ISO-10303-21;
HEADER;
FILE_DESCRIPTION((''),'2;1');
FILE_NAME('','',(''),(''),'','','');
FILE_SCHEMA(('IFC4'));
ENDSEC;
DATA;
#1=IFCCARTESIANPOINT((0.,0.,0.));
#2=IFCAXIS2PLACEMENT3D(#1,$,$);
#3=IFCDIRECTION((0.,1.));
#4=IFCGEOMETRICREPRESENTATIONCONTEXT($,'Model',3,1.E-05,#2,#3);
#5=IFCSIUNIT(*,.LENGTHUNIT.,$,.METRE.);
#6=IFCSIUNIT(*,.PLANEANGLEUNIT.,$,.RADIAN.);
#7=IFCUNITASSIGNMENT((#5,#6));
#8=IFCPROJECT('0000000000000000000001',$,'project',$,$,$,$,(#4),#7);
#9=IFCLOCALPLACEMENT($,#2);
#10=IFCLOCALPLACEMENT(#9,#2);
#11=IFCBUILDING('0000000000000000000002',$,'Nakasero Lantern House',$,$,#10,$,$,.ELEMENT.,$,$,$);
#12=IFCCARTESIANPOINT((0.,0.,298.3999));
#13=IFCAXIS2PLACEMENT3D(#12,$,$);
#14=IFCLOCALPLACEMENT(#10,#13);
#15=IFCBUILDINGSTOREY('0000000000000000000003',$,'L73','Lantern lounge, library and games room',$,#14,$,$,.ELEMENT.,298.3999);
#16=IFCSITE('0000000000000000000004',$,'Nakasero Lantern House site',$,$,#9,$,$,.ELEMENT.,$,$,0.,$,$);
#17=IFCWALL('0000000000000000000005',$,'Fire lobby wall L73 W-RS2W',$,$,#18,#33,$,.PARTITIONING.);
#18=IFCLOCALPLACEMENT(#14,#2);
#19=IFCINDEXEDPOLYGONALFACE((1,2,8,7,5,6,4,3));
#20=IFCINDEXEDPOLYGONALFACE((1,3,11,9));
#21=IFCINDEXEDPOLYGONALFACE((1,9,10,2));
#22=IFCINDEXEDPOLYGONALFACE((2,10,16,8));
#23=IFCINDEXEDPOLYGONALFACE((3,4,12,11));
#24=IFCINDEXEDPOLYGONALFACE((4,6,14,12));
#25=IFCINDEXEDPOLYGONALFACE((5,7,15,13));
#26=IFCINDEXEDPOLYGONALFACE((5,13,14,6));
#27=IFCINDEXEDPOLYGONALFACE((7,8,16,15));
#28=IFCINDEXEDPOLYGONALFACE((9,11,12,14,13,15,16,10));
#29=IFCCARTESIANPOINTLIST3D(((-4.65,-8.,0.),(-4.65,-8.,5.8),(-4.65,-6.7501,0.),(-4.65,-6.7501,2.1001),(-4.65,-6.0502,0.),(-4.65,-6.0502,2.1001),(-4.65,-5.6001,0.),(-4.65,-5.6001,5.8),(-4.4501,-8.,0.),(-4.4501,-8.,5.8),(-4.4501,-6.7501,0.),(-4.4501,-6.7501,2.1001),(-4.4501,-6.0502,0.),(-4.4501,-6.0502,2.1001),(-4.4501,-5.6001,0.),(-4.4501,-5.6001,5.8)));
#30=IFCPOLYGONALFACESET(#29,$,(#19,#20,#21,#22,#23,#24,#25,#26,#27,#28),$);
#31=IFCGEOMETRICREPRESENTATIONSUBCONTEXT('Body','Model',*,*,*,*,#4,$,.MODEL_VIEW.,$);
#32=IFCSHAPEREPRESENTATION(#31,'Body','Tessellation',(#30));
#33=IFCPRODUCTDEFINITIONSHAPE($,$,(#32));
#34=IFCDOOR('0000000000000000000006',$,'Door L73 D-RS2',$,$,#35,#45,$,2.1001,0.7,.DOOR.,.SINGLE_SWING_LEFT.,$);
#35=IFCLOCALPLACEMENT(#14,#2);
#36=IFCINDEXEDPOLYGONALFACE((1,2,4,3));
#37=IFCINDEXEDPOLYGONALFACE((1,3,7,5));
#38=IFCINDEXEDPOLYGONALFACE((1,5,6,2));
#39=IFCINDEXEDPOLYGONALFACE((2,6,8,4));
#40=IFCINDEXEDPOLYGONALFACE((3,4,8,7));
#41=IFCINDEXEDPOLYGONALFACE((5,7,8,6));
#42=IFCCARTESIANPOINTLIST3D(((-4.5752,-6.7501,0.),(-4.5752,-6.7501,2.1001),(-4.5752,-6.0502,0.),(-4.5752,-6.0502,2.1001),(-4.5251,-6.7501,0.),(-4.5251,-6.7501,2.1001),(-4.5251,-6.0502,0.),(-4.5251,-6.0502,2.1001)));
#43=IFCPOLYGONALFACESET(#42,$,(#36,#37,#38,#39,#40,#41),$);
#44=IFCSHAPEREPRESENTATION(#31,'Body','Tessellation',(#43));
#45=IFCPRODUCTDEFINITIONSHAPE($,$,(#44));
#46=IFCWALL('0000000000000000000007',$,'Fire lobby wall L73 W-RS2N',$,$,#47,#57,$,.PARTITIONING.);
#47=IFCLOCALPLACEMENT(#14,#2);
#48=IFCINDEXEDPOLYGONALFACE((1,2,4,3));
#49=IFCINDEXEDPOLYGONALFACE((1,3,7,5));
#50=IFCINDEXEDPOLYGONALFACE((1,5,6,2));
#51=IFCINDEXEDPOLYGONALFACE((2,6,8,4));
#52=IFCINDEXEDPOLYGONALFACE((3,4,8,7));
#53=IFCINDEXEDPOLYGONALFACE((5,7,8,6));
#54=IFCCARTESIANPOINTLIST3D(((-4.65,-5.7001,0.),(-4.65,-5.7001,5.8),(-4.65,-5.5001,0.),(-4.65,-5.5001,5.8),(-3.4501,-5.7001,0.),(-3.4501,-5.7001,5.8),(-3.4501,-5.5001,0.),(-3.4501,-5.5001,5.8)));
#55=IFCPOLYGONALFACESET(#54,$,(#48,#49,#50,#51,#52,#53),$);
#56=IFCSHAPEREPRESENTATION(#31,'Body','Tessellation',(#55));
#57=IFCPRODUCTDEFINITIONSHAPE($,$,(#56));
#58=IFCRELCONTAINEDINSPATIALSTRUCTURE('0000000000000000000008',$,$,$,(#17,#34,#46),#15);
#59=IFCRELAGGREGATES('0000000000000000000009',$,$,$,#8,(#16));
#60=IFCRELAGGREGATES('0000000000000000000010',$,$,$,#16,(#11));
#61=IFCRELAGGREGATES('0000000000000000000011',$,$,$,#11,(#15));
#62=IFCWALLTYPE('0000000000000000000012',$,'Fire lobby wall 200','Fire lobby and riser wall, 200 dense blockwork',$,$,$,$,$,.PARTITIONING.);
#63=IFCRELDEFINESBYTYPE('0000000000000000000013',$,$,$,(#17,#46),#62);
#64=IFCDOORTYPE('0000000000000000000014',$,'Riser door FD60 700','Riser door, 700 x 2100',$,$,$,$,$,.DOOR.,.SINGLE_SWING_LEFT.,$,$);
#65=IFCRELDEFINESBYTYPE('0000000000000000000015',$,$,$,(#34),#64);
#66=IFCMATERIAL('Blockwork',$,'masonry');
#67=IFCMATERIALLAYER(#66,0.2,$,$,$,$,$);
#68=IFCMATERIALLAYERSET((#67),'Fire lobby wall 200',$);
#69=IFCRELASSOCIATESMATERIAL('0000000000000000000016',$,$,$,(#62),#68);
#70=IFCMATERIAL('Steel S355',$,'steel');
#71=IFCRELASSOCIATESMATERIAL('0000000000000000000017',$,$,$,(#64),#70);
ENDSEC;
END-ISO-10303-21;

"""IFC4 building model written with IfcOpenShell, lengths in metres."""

from ifc_helpers import new_model, si_unit, direction, frame, frame_2d, origin, place, context, subcontext, project, spatial, rectangle, extrude, material, layer, layer_set, type_object, element, fill, save


model = new_model("IFC4")

# Units and contexts
model_context = context("Model", 3, precision=1e-05, world=origin(), true_north=direction((0.0, 1.0)))
body_context = subcontext(model_context, "Body", "Model", "MODEL_VIEW")
ifc_project = project(units=[si_unit("LENGTHUNIT", "METRE"), si_unit("PLANEANGLEUNIT", "RADIAN")], contexts=[model_context])

# Site, building, storey
site_placement = place(None, origin())
site = spatial("IfcSite", under=ifc_project, at=site_placement, Name="Nakasero Lantern House site", CompositionType="ELEMENT", RefElevation=0.0)
building_placement = place(site_placement, origin())
building = spatial("IfcBuilding", under=site, at=building_placement, Name="Nakasero Lantern House", CompositionType="ELEMENT")
storey_placement = place(building_placement, frame((0.0, 0.0, 298.3999)))
storey = spatial("IfcBuildingStorey", under=building, at=storey_placement, Name="L73", Description="Lantern lounge, library and games room", CompositionType="ELEMENT", Elevation=298.3999)

# Wall, opening, door
ifc_material_1 = material(Name="Blockwork", Category="masonry")
ifc_layer_1 = layer(ifc_material_1, 0.2)
ifc_layer_set_1 = layer_set([ifc_layer_1], Name="Fire lobby wall 200")
wall_type_1 = type_object("IfcWallType", Name="Fire lobby wall 200", Description="Fire lobby and riser wall, 200 dense blockwork", PredefinedType="PARTITIONING", material=ifc_layer_set_1)
wall_1_placement = place(storey_placement, frame((-4.55, -5.6001, 0.0), z_axis=(0.0, 0.0, 1.0), x_axis=(0.0, -1.0, 0.0)))
wall_1 = element("IfcWall", 1, at=wall_1_placement, inside=storey, type_object=wall_type_1, Name="Fire lobby wall L73 W-RS2W", PredefinedType="PARTITIONING", context=body_context, shape_type="SweptSolid", body=[
    extrude(rectangle(XDim=2.3999, YDim=0.2, at=frame_2d((1.2, 0.0))), origin(), (0.0, 0.0, 1.0), 5.8),
])
opening_1_placement = place(wall_1_placement, frame((0.45, 0.0, 0.0)))
opening_1 = element("IfcOpeningElement", 2, at=opening_1_placement, cuts=wall_1, PredefinedType="OPENING", context=body_context, shape_type="SweptSolid", body=[
    extrude(rectangle(XDim=0.7, YDim=2.1001, at=frame_2d((0.3501, 1.05))), frame((0.0, 0.1199, 0.0), z_axis=(0.0, -1.0, 0.0), x_axis=(1.0, 0.0, 0.0)), (0.0, 0.0, 1.0), 0.24),
])
ifc_material_2 = material(Name="Steel S355", Category="steel")
door_type_1 = type_object("IfcDoorType", Name="Riser door FD60 700", Description="Riser door, 700 x 2100", OperationType="SINGLE_SWING_LEFT", PredefinedType="DOOR", material=ifc_material_2)
door_1_placement = place(opening_1_placement, origin())
door_1 = element("IfcDoor", 3, at=door_1_placement, inside=storey, type_object=door_type_1, Name="Door L73 D-RS2", OperationType="SINGLE_SWING_LEFT", OverallHeight=2.1001, OverallWidth=0.7, PredefinedType="DOOR", context=body_context, shape_type="SweptSolid", body=[
    extrude(rectangle(XDim=0.7, YDim=2.1001, at=frame_2d((0.3501, 1.05))), frame((0.0, 0.0249, 0.0), z_axis=(0.0, -1.0, 0.0), x_axis=(1.0, 0.0, 0.0)), (0.0, 0.0, 1.0), 0.05),
])
fill(opening_1, door_1)

# Wall
wall_2_placement = place(storey_placement, frame((-3.45, -5.6001, 0.0), z_axis=(0.0, 0.0, 1.0), x_axis=(-1.0, 0.0, 0.0)))
element("IfcWall", 4, at=wall_2_placement, inside=storey, type_object=wall_type_1, Name="Fire lobby wall L73 W-RS2N", PredefinedType="PARTITIONING", context=body_context, shape_type="SweptSolid", body=[
    extrude(rectangle(XDim=1.2, YDim=0.2, at=frame_2d((0.6001, 0.0))), origin(), (0.0, 0.0, 1.0), 5.8),
])

save(model, "model.ifc")
